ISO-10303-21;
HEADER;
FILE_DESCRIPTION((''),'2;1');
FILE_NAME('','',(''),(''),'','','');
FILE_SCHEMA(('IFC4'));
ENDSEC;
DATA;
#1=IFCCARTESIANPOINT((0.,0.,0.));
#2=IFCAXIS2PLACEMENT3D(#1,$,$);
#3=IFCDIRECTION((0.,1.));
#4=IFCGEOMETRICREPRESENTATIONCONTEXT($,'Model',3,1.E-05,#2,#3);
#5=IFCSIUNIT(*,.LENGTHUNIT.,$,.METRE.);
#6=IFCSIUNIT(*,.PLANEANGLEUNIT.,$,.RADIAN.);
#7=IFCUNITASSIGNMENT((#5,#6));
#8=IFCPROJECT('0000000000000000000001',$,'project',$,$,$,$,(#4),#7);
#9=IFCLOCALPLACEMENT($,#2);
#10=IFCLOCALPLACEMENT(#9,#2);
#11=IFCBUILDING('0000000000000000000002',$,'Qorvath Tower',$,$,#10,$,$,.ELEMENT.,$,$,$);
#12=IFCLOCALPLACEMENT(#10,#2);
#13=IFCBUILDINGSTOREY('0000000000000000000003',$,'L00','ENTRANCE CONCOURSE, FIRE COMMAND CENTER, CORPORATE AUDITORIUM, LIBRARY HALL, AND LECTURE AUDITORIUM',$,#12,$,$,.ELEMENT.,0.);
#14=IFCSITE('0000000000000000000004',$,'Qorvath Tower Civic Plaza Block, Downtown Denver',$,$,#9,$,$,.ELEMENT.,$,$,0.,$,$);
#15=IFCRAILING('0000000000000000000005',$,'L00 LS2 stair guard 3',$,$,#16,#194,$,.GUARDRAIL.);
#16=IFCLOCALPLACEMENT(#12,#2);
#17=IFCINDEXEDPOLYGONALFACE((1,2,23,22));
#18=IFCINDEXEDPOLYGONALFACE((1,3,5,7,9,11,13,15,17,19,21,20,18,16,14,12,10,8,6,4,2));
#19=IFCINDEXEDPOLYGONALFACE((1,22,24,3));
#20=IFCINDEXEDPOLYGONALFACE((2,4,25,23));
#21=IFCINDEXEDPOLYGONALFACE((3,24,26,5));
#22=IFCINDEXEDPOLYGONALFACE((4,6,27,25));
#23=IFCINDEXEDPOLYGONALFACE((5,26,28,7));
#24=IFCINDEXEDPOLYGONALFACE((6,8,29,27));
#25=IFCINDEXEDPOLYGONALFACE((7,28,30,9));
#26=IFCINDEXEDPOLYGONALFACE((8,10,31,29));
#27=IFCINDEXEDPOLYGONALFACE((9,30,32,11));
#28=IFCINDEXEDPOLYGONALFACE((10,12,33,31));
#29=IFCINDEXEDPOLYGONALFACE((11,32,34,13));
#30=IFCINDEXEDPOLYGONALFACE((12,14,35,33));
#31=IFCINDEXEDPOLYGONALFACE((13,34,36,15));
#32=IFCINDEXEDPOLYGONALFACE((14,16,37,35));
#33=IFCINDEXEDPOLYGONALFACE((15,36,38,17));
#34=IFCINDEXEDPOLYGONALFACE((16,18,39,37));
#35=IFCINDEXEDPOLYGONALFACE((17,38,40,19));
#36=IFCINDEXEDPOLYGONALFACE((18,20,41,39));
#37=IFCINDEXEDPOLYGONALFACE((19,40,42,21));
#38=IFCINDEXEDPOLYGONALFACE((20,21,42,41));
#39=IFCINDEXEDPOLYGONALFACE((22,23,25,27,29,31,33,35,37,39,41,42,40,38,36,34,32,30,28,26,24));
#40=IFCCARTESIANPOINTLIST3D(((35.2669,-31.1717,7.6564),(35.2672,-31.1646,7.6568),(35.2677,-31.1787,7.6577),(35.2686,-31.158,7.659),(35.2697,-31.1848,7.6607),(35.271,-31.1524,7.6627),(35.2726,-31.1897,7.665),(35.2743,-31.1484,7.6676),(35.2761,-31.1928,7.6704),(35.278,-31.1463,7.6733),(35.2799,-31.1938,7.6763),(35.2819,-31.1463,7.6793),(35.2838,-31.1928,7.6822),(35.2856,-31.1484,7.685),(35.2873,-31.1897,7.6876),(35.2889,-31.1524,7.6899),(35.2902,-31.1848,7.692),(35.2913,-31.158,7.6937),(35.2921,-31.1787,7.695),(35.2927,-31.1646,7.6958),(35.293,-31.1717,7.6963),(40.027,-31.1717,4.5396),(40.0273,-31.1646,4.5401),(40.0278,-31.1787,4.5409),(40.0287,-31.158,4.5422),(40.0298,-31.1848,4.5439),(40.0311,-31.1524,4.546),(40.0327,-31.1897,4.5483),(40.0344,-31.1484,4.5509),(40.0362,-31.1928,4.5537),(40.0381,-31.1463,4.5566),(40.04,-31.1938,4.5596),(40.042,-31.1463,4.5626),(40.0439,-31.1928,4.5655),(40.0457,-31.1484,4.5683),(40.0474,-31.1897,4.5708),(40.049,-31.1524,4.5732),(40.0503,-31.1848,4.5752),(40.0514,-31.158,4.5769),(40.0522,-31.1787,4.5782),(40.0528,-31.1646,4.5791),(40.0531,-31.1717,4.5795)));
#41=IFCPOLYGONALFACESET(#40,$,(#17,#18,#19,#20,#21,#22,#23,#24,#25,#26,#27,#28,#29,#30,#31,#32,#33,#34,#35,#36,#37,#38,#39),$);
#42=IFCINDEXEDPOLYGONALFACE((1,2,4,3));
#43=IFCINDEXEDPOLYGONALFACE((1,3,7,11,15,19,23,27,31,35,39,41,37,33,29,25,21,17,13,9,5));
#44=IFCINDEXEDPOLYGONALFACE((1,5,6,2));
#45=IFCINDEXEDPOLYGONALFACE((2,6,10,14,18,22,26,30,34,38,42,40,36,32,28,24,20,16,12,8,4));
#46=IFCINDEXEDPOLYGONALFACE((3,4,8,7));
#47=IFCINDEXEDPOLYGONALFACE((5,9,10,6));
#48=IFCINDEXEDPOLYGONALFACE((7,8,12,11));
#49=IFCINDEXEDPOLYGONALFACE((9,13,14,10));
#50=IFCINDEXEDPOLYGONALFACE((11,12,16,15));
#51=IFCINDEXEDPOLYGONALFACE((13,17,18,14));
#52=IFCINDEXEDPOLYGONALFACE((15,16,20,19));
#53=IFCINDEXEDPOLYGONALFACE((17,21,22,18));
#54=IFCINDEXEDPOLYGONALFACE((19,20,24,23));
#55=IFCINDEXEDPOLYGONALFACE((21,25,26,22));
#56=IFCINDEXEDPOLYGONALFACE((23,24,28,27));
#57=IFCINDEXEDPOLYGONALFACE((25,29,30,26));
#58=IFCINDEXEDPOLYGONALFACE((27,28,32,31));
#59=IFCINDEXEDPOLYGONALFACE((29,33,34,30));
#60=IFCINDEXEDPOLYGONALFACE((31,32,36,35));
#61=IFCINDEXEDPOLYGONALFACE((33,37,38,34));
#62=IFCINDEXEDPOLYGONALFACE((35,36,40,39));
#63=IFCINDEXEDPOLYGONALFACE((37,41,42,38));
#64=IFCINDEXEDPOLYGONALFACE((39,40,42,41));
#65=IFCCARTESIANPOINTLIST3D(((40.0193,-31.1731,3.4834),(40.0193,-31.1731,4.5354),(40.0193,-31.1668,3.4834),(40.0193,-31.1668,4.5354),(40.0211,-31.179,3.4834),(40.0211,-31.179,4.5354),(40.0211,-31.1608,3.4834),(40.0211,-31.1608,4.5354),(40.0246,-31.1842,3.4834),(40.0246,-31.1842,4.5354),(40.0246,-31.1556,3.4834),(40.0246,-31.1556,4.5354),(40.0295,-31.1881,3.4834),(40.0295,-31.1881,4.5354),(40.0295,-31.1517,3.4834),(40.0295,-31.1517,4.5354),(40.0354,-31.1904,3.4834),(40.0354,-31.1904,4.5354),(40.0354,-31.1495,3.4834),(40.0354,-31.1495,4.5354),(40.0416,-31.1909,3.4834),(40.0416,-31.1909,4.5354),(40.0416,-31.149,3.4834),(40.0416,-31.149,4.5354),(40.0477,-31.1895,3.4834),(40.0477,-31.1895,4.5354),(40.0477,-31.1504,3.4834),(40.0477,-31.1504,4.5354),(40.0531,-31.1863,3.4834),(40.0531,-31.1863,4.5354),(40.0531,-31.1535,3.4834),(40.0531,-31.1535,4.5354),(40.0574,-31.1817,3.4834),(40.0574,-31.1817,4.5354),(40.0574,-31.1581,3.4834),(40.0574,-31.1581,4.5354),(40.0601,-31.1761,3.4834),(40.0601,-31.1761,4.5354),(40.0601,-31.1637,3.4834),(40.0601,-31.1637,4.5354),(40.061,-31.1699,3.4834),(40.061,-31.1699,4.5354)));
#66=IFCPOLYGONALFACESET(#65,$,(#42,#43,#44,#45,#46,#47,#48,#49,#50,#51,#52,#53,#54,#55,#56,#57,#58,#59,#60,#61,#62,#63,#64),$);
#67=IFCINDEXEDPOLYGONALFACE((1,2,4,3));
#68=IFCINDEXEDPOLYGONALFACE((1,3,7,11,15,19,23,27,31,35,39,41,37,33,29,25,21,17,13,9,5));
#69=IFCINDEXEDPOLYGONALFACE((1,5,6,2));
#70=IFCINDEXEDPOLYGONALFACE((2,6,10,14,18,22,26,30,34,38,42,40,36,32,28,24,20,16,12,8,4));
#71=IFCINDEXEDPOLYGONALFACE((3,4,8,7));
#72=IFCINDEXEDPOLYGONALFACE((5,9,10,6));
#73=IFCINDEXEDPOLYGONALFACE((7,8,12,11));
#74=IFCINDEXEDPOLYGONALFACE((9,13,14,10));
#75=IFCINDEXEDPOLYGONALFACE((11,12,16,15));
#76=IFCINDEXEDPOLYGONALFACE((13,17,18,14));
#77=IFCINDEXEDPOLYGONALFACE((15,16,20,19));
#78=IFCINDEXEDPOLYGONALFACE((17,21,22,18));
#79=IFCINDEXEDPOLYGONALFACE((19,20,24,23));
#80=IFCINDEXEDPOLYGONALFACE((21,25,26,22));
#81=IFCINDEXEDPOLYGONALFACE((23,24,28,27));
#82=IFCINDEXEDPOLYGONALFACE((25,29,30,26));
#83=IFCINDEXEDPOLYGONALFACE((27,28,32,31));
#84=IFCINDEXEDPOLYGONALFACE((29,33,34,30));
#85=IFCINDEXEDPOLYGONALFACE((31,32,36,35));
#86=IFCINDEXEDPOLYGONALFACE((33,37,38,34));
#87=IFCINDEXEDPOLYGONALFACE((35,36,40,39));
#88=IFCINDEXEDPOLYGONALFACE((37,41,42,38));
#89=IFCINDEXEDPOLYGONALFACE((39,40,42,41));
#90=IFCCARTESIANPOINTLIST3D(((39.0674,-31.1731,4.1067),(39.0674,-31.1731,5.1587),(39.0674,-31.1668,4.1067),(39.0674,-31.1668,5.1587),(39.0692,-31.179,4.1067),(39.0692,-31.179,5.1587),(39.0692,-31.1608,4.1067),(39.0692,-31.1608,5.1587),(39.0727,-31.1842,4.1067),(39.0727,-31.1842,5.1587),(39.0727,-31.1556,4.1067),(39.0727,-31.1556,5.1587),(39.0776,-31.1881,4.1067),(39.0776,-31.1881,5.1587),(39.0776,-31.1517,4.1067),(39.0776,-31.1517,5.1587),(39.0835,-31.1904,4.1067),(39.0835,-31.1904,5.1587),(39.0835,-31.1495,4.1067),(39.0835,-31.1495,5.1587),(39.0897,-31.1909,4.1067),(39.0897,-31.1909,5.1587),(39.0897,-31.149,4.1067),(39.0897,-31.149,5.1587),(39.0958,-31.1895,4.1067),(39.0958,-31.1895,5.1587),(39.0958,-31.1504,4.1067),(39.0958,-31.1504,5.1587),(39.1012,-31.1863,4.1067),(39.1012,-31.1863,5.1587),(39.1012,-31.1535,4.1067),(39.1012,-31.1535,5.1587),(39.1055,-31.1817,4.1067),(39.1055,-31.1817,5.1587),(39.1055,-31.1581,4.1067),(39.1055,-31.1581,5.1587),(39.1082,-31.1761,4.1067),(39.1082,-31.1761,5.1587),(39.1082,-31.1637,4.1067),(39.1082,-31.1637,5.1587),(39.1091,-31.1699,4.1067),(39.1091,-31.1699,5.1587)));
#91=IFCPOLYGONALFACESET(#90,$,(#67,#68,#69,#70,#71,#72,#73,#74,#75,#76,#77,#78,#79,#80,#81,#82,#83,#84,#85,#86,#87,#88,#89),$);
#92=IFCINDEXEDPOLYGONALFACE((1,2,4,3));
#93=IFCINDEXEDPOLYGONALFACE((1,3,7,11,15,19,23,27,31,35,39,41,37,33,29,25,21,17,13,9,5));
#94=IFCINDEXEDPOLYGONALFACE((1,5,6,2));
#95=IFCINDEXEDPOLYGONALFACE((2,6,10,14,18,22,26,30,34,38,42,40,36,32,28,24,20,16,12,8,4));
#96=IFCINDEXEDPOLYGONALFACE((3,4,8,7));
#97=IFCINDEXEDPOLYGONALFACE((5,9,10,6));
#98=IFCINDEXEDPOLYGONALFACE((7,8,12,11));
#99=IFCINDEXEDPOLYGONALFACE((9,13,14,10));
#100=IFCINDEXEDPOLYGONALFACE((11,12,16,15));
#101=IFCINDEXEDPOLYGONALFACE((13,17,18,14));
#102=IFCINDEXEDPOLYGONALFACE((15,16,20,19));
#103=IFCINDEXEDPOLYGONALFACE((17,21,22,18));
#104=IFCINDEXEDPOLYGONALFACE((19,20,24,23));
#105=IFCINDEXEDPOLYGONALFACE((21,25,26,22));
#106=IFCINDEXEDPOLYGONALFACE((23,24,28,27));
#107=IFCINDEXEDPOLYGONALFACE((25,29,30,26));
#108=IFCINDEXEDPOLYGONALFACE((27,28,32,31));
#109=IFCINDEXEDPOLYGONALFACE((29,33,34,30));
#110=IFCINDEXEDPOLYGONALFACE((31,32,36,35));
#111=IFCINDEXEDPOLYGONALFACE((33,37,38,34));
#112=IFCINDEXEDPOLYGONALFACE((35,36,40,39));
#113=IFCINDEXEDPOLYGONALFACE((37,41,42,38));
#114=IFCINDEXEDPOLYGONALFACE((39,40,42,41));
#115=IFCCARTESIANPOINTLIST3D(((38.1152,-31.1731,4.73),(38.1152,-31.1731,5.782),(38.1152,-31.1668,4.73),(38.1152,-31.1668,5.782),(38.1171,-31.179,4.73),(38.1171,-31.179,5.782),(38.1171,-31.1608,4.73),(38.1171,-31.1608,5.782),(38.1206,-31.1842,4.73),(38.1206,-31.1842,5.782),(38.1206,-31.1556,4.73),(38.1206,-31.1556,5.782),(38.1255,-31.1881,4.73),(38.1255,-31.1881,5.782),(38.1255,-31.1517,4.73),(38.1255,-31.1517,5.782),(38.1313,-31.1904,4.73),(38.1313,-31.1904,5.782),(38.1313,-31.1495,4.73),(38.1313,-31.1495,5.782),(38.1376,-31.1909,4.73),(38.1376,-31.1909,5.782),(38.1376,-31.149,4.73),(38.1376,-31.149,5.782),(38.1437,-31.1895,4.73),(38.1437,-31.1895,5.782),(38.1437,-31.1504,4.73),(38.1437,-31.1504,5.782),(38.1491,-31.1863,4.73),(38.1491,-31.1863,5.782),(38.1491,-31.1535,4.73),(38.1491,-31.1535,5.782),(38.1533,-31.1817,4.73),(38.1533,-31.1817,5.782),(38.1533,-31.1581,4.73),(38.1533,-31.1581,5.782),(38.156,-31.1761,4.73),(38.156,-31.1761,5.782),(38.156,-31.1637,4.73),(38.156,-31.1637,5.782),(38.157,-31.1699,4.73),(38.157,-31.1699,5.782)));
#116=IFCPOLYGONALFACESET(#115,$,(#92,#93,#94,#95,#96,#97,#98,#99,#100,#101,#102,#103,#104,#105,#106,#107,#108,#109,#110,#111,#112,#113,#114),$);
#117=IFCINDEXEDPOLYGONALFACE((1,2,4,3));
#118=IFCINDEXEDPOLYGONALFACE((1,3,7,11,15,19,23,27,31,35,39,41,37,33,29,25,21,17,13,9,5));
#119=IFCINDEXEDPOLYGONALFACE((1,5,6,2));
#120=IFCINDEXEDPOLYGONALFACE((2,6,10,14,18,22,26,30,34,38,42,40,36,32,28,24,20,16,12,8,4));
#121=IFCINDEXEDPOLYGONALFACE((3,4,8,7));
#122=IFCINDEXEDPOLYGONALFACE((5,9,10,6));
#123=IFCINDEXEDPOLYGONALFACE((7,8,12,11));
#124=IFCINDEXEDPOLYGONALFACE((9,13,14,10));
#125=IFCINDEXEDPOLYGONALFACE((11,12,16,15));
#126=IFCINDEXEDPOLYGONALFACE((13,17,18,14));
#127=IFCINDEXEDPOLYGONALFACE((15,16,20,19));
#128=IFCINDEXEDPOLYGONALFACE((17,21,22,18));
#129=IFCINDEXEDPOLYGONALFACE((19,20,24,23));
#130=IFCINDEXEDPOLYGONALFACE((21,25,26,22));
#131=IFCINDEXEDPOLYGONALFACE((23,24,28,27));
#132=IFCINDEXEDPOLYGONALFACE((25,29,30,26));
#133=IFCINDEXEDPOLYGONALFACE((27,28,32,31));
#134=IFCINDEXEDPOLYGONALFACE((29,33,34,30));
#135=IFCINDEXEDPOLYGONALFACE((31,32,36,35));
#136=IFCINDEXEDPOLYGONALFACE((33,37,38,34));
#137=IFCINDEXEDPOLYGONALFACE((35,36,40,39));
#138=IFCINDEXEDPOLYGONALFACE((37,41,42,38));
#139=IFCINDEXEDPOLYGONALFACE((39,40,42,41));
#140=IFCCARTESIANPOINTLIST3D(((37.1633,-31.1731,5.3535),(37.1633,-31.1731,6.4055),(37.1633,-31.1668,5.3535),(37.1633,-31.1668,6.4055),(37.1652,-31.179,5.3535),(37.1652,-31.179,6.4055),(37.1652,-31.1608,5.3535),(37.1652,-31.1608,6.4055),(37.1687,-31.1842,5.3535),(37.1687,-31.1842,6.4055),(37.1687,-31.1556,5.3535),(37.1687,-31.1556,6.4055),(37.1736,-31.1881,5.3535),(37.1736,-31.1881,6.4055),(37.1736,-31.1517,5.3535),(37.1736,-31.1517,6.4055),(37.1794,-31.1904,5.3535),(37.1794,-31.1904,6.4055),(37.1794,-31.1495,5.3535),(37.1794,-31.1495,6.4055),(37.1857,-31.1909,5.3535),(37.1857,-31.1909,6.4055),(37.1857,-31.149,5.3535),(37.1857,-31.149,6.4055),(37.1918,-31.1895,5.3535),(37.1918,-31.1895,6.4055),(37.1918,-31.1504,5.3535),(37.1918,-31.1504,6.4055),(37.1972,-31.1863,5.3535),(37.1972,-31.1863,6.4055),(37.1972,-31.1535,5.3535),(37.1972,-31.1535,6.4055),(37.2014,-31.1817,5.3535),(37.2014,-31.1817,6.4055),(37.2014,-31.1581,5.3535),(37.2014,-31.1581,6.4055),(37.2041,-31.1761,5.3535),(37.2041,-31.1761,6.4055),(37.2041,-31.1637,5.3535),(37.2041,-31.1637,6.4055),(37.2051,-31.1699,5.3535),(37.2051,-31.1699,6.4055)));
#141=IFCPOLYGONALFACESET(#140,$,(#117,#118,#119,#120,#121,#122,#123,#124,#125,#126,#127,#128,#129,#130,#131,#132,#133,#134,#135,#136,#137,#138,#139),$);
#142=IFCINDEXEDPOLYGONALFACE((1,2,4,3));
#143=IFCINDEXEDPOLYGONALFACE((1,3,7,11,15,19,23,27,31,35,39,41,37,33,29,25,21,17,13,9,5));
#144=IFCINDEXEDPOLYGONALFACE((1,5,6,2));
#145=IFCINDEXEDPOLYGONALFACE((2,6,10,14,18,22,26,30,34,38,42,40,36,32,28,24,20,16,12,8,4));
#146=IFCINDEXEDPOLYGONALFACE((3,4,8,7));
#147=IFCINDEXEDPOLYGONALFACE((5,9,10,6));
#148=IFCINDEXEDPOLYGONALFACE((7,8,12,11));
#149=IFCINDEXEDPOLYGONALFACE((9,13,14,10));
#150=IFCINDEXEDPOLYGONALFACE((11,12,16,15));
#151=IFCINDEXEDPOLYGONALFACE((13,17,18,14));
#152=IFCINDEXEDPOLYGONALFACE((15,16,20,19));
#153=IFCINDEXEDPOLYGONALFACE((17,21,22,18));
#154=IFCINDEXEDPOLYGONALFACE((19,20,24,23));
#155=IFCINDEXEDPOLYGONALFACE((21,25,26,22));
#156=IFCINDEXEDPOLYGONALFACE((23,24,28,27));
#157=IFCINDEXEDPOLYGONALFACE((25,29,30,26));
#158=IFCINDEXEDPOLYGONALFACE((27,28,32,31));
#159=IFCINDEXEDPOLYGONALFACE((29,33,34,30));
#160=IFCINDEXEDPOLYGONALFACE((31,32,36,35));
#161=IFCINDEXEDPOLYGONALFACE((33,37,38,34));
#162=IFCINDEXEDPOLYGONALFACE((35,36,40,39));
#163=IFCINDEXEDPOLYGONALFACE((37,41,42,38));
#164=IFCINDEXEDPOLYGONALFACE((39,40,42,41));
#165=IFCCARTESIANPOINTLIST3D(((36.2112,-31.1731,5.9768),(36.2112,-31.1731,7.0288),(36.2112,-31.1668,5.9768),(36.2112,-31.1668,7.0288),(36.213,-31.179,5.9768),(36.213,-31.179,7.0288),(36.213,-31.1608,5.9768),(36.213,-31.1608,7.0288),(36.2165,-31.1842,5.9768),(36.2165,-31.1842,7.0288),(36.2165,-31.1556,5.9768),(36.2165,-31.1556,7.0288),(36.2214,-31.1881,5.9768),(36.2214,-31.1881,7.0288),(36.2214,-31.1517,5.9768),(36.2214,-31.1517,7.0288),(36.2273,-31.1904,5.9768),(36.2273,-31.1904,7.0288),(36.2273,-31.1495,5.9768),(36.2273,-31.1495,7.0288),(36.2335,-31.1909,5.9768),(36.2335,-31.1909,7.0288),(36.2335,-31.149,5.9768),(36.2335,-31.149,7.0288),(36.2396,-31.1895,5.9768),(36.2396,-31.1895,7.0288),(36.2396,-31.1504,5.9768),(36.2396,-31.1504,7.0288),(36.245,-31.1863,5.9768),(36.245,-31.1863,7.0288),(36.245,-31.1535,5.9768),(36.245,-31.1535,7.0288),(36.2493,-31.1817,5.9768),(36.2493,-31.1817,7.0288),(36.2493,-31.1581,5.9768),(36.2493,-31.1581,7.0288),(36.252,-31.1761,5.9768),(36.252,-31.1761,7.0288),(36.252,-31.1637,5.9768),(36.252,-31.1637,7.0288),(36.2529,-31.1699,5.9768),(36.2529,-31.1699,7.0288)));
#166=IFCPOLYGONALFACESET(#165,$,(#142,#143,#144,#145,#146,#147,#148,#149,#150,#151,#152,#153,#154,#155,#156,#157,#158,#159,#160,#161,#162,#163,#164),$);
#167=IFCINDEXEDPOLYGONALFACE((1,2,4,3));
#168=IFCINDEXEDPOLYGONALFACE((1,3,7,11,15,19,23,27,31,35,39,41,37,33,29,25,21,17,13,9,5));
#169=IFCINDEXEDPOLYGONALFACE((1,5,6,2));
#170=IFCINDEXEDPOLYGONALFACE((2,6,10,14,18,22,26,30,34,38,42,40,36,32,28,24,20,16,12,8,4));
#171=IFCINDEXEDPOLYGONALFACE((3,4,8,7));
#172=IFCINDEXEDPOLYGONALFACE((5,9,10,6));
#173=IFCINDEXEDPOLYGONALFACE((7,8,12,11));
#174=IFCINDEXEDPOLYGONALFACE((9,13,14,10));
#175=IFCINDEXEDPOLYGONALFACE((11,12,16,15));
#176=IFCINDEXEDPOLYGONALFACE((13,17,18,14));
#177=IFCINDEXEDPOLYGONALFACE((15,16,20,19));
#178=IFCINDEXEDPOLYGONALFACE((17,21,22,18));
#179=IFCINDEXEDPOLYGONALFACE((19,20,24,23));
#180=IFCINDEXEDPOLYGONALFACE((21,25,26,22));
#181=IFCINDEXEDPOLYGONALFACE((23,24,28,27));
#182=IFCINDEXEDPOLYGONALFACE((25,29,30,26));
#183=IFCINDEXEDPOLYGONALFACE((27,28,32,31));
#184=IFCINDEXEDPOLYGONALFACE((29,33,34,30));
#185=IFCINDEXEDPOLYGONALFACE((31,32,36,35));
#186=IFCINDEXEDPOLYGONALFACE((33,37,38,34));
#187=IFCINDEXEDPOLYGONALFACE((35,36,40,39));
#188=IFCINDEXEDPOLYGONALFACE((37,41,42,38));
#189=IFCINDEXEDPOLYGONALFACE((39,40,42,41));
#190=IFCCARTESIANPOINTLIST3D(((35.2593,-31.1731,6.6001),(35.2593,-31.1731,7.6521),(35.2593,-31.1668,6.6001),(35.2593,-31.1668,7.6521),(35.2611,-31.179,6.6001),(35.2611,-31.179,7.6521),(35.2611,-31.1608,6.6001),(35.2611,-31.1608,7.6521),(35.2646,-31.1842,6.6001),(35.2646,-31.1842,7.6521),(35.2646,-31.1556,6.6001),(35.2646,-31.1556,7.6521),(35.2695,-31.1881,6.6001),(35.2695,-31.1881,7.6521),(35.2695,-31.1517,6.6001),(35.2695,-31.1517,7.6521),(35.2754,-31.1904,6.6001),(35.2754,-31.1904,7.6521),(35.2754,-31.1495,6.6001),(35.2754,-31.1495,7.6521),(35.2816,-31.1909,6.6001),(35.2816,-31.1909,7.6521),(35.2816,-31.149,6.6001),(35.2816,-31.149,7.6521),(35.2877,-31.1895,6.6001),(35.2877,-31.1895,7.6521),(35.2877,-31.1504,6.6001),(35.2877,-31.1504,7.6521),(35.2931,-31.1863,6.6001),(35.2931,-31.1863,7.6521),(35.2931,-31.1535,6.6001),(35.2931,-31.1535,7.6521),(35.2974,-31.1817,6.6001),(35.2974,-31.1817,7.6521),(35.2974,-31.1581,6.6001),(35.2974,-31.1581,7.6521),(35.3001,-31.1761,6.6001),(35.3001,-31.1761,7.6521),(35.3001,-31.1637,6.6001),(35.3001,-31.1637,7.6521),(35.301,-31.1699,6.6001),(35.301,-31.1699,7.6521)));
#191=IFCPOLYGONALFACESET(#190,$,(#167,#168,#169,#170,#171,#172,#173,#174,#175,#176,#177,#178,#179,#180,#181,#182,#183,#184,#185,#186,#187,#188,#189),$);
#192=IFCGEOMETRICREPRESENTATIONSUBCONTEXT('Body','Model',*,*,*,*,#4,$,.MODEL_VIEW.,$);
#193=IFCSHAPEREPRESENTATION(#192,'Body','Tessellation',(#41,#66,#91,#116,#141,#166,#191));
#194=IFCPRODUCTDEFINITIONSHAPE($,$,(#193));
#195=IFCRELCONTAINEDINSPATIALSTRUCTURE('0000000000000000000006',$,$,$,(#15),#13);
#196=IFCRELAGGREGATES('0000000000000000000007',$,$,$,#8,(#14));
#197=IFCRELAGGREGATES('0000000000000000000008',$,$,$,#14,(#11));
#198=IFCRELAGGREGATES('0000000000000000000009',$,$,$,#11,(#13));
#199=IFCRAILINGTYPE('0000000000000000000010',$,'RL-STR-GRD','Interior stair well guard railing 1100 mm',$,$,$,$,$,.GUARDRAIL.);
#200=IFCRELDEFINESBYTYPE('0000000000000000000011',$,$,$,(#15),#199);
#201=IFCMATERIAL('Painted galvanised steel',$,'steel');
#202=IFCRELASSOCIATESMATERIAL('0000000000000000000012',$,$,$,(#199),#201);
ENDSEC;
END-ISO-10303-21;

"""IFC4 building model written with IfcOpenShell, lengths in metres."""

from ifc_helpers import new_model, si_unit, direction, frame, origin, origin_2d, place, context, subcontext, project, spatial, circle, extrude, material, type_object, element, save


model = new_model("IFC4")

# Units and contexts
model_context = context("Model", 3, precision=1e-05, world=origin(), true_north=direction((0.0, 1.0)))
body_context = subcontext(model_context, "Body", "Model", "MODEL_VIEW")
ifc_project = project(units=[si_unit("LENGTHUNIT", "METRE"), si_unit("PLANEANGLEUNIT", "RADIAN")], contexts=[model_context])

# Site, building, storey
site_placement = place(None, origin())
site = spatial("IfcSite", under=ifc_project, at=site_placement, Name="Qorvath Tower Civic Plaza Block, Downtown Denver", CompositionType="ELEMENT", RefElevation=0.0)
building_placement = place(site_placement, origin())
building = spatial("IfcBuilding", under=site, at=building_placement, Name="Qorvath Tower", CompositionType="ELEMENT")
storey_placement = place(building_placement, origin())
storey = spatial("IfcBuildingStorey", under=building, at=storey_placement, Name="L00", Description="ENTRANCE CONCOURSE, FIRE COMMAND CENTER, CORPORATE AUDITORIUM, LIBRARY HALL, AND LECTURE AUDITORIUM", CompositionType="ELEMENT", Elevation=0.0)

# Railing
ifc_material_1 = material(Name="Painted galvanised steel", Category="steel")
railing_type_1 = type_object("IfcRailingType", Name="RL-STR-GRD", Description="Interior stair well guard railing 1100 mm", PredefinedType="GUARDRAIL", material=ifc_material_1)
railing_1_placement = place(storey_placement, frame((40.04, -31.1699, 3.4834)))
element("IfcRailing", 1, at=railing_1_placement, inside=storey, type_object=railing_type_1, Name="L00 LS2 stair guard 3", PredefinedType="GUARDRAIL", context=body_context, shape_type="SweptSolid", body=[
    extrude(circle(Radius=0.0239, at=origin_2d()), frame((0.0, 0.0, 1.0762), z_axis=(-0.836616, 0.0, 0.547789), x_axis=(0.0, -1.0, 0.0)), (0.0, 0.0, 1.0), 5.6897),
    extrude(circle(Radius=0.021, at=origin_2d()), origin(), (0.0, 0.0, 1.0), 1.052),
    extrude(circle(Radius=0.021, at=origin_2d()), frame((-0.9519, 0.0, 0.6233)), (0.0, 0.0, 1.0), 1.052),
    extrude(circle(Radius=0.021, at=origin_2d()), frame((-1.9041, 0.0, 1.2466)), (0.0, 0.0, 1.0), 1.052),
    extrude(circle(Radius=0.021, at=origin_2d()), frame((-2.856, 0.0, 1.8701)), (0.0, 0.0, 1.0), 1.052),
    extrude(circle(Radius=0.021, at=origin_2d()), frame((-3.8081, 0.0, 2.4934)), (0.0, 0.0, 1.0), 1.052),
    extrude(circle(Radius=0.021, at=origin_2d()), frame((-4.76, 0.0, 3.1167)), (0.0, 0.0, 1.0), 1.052),
])

save(model, "model.ifc")
